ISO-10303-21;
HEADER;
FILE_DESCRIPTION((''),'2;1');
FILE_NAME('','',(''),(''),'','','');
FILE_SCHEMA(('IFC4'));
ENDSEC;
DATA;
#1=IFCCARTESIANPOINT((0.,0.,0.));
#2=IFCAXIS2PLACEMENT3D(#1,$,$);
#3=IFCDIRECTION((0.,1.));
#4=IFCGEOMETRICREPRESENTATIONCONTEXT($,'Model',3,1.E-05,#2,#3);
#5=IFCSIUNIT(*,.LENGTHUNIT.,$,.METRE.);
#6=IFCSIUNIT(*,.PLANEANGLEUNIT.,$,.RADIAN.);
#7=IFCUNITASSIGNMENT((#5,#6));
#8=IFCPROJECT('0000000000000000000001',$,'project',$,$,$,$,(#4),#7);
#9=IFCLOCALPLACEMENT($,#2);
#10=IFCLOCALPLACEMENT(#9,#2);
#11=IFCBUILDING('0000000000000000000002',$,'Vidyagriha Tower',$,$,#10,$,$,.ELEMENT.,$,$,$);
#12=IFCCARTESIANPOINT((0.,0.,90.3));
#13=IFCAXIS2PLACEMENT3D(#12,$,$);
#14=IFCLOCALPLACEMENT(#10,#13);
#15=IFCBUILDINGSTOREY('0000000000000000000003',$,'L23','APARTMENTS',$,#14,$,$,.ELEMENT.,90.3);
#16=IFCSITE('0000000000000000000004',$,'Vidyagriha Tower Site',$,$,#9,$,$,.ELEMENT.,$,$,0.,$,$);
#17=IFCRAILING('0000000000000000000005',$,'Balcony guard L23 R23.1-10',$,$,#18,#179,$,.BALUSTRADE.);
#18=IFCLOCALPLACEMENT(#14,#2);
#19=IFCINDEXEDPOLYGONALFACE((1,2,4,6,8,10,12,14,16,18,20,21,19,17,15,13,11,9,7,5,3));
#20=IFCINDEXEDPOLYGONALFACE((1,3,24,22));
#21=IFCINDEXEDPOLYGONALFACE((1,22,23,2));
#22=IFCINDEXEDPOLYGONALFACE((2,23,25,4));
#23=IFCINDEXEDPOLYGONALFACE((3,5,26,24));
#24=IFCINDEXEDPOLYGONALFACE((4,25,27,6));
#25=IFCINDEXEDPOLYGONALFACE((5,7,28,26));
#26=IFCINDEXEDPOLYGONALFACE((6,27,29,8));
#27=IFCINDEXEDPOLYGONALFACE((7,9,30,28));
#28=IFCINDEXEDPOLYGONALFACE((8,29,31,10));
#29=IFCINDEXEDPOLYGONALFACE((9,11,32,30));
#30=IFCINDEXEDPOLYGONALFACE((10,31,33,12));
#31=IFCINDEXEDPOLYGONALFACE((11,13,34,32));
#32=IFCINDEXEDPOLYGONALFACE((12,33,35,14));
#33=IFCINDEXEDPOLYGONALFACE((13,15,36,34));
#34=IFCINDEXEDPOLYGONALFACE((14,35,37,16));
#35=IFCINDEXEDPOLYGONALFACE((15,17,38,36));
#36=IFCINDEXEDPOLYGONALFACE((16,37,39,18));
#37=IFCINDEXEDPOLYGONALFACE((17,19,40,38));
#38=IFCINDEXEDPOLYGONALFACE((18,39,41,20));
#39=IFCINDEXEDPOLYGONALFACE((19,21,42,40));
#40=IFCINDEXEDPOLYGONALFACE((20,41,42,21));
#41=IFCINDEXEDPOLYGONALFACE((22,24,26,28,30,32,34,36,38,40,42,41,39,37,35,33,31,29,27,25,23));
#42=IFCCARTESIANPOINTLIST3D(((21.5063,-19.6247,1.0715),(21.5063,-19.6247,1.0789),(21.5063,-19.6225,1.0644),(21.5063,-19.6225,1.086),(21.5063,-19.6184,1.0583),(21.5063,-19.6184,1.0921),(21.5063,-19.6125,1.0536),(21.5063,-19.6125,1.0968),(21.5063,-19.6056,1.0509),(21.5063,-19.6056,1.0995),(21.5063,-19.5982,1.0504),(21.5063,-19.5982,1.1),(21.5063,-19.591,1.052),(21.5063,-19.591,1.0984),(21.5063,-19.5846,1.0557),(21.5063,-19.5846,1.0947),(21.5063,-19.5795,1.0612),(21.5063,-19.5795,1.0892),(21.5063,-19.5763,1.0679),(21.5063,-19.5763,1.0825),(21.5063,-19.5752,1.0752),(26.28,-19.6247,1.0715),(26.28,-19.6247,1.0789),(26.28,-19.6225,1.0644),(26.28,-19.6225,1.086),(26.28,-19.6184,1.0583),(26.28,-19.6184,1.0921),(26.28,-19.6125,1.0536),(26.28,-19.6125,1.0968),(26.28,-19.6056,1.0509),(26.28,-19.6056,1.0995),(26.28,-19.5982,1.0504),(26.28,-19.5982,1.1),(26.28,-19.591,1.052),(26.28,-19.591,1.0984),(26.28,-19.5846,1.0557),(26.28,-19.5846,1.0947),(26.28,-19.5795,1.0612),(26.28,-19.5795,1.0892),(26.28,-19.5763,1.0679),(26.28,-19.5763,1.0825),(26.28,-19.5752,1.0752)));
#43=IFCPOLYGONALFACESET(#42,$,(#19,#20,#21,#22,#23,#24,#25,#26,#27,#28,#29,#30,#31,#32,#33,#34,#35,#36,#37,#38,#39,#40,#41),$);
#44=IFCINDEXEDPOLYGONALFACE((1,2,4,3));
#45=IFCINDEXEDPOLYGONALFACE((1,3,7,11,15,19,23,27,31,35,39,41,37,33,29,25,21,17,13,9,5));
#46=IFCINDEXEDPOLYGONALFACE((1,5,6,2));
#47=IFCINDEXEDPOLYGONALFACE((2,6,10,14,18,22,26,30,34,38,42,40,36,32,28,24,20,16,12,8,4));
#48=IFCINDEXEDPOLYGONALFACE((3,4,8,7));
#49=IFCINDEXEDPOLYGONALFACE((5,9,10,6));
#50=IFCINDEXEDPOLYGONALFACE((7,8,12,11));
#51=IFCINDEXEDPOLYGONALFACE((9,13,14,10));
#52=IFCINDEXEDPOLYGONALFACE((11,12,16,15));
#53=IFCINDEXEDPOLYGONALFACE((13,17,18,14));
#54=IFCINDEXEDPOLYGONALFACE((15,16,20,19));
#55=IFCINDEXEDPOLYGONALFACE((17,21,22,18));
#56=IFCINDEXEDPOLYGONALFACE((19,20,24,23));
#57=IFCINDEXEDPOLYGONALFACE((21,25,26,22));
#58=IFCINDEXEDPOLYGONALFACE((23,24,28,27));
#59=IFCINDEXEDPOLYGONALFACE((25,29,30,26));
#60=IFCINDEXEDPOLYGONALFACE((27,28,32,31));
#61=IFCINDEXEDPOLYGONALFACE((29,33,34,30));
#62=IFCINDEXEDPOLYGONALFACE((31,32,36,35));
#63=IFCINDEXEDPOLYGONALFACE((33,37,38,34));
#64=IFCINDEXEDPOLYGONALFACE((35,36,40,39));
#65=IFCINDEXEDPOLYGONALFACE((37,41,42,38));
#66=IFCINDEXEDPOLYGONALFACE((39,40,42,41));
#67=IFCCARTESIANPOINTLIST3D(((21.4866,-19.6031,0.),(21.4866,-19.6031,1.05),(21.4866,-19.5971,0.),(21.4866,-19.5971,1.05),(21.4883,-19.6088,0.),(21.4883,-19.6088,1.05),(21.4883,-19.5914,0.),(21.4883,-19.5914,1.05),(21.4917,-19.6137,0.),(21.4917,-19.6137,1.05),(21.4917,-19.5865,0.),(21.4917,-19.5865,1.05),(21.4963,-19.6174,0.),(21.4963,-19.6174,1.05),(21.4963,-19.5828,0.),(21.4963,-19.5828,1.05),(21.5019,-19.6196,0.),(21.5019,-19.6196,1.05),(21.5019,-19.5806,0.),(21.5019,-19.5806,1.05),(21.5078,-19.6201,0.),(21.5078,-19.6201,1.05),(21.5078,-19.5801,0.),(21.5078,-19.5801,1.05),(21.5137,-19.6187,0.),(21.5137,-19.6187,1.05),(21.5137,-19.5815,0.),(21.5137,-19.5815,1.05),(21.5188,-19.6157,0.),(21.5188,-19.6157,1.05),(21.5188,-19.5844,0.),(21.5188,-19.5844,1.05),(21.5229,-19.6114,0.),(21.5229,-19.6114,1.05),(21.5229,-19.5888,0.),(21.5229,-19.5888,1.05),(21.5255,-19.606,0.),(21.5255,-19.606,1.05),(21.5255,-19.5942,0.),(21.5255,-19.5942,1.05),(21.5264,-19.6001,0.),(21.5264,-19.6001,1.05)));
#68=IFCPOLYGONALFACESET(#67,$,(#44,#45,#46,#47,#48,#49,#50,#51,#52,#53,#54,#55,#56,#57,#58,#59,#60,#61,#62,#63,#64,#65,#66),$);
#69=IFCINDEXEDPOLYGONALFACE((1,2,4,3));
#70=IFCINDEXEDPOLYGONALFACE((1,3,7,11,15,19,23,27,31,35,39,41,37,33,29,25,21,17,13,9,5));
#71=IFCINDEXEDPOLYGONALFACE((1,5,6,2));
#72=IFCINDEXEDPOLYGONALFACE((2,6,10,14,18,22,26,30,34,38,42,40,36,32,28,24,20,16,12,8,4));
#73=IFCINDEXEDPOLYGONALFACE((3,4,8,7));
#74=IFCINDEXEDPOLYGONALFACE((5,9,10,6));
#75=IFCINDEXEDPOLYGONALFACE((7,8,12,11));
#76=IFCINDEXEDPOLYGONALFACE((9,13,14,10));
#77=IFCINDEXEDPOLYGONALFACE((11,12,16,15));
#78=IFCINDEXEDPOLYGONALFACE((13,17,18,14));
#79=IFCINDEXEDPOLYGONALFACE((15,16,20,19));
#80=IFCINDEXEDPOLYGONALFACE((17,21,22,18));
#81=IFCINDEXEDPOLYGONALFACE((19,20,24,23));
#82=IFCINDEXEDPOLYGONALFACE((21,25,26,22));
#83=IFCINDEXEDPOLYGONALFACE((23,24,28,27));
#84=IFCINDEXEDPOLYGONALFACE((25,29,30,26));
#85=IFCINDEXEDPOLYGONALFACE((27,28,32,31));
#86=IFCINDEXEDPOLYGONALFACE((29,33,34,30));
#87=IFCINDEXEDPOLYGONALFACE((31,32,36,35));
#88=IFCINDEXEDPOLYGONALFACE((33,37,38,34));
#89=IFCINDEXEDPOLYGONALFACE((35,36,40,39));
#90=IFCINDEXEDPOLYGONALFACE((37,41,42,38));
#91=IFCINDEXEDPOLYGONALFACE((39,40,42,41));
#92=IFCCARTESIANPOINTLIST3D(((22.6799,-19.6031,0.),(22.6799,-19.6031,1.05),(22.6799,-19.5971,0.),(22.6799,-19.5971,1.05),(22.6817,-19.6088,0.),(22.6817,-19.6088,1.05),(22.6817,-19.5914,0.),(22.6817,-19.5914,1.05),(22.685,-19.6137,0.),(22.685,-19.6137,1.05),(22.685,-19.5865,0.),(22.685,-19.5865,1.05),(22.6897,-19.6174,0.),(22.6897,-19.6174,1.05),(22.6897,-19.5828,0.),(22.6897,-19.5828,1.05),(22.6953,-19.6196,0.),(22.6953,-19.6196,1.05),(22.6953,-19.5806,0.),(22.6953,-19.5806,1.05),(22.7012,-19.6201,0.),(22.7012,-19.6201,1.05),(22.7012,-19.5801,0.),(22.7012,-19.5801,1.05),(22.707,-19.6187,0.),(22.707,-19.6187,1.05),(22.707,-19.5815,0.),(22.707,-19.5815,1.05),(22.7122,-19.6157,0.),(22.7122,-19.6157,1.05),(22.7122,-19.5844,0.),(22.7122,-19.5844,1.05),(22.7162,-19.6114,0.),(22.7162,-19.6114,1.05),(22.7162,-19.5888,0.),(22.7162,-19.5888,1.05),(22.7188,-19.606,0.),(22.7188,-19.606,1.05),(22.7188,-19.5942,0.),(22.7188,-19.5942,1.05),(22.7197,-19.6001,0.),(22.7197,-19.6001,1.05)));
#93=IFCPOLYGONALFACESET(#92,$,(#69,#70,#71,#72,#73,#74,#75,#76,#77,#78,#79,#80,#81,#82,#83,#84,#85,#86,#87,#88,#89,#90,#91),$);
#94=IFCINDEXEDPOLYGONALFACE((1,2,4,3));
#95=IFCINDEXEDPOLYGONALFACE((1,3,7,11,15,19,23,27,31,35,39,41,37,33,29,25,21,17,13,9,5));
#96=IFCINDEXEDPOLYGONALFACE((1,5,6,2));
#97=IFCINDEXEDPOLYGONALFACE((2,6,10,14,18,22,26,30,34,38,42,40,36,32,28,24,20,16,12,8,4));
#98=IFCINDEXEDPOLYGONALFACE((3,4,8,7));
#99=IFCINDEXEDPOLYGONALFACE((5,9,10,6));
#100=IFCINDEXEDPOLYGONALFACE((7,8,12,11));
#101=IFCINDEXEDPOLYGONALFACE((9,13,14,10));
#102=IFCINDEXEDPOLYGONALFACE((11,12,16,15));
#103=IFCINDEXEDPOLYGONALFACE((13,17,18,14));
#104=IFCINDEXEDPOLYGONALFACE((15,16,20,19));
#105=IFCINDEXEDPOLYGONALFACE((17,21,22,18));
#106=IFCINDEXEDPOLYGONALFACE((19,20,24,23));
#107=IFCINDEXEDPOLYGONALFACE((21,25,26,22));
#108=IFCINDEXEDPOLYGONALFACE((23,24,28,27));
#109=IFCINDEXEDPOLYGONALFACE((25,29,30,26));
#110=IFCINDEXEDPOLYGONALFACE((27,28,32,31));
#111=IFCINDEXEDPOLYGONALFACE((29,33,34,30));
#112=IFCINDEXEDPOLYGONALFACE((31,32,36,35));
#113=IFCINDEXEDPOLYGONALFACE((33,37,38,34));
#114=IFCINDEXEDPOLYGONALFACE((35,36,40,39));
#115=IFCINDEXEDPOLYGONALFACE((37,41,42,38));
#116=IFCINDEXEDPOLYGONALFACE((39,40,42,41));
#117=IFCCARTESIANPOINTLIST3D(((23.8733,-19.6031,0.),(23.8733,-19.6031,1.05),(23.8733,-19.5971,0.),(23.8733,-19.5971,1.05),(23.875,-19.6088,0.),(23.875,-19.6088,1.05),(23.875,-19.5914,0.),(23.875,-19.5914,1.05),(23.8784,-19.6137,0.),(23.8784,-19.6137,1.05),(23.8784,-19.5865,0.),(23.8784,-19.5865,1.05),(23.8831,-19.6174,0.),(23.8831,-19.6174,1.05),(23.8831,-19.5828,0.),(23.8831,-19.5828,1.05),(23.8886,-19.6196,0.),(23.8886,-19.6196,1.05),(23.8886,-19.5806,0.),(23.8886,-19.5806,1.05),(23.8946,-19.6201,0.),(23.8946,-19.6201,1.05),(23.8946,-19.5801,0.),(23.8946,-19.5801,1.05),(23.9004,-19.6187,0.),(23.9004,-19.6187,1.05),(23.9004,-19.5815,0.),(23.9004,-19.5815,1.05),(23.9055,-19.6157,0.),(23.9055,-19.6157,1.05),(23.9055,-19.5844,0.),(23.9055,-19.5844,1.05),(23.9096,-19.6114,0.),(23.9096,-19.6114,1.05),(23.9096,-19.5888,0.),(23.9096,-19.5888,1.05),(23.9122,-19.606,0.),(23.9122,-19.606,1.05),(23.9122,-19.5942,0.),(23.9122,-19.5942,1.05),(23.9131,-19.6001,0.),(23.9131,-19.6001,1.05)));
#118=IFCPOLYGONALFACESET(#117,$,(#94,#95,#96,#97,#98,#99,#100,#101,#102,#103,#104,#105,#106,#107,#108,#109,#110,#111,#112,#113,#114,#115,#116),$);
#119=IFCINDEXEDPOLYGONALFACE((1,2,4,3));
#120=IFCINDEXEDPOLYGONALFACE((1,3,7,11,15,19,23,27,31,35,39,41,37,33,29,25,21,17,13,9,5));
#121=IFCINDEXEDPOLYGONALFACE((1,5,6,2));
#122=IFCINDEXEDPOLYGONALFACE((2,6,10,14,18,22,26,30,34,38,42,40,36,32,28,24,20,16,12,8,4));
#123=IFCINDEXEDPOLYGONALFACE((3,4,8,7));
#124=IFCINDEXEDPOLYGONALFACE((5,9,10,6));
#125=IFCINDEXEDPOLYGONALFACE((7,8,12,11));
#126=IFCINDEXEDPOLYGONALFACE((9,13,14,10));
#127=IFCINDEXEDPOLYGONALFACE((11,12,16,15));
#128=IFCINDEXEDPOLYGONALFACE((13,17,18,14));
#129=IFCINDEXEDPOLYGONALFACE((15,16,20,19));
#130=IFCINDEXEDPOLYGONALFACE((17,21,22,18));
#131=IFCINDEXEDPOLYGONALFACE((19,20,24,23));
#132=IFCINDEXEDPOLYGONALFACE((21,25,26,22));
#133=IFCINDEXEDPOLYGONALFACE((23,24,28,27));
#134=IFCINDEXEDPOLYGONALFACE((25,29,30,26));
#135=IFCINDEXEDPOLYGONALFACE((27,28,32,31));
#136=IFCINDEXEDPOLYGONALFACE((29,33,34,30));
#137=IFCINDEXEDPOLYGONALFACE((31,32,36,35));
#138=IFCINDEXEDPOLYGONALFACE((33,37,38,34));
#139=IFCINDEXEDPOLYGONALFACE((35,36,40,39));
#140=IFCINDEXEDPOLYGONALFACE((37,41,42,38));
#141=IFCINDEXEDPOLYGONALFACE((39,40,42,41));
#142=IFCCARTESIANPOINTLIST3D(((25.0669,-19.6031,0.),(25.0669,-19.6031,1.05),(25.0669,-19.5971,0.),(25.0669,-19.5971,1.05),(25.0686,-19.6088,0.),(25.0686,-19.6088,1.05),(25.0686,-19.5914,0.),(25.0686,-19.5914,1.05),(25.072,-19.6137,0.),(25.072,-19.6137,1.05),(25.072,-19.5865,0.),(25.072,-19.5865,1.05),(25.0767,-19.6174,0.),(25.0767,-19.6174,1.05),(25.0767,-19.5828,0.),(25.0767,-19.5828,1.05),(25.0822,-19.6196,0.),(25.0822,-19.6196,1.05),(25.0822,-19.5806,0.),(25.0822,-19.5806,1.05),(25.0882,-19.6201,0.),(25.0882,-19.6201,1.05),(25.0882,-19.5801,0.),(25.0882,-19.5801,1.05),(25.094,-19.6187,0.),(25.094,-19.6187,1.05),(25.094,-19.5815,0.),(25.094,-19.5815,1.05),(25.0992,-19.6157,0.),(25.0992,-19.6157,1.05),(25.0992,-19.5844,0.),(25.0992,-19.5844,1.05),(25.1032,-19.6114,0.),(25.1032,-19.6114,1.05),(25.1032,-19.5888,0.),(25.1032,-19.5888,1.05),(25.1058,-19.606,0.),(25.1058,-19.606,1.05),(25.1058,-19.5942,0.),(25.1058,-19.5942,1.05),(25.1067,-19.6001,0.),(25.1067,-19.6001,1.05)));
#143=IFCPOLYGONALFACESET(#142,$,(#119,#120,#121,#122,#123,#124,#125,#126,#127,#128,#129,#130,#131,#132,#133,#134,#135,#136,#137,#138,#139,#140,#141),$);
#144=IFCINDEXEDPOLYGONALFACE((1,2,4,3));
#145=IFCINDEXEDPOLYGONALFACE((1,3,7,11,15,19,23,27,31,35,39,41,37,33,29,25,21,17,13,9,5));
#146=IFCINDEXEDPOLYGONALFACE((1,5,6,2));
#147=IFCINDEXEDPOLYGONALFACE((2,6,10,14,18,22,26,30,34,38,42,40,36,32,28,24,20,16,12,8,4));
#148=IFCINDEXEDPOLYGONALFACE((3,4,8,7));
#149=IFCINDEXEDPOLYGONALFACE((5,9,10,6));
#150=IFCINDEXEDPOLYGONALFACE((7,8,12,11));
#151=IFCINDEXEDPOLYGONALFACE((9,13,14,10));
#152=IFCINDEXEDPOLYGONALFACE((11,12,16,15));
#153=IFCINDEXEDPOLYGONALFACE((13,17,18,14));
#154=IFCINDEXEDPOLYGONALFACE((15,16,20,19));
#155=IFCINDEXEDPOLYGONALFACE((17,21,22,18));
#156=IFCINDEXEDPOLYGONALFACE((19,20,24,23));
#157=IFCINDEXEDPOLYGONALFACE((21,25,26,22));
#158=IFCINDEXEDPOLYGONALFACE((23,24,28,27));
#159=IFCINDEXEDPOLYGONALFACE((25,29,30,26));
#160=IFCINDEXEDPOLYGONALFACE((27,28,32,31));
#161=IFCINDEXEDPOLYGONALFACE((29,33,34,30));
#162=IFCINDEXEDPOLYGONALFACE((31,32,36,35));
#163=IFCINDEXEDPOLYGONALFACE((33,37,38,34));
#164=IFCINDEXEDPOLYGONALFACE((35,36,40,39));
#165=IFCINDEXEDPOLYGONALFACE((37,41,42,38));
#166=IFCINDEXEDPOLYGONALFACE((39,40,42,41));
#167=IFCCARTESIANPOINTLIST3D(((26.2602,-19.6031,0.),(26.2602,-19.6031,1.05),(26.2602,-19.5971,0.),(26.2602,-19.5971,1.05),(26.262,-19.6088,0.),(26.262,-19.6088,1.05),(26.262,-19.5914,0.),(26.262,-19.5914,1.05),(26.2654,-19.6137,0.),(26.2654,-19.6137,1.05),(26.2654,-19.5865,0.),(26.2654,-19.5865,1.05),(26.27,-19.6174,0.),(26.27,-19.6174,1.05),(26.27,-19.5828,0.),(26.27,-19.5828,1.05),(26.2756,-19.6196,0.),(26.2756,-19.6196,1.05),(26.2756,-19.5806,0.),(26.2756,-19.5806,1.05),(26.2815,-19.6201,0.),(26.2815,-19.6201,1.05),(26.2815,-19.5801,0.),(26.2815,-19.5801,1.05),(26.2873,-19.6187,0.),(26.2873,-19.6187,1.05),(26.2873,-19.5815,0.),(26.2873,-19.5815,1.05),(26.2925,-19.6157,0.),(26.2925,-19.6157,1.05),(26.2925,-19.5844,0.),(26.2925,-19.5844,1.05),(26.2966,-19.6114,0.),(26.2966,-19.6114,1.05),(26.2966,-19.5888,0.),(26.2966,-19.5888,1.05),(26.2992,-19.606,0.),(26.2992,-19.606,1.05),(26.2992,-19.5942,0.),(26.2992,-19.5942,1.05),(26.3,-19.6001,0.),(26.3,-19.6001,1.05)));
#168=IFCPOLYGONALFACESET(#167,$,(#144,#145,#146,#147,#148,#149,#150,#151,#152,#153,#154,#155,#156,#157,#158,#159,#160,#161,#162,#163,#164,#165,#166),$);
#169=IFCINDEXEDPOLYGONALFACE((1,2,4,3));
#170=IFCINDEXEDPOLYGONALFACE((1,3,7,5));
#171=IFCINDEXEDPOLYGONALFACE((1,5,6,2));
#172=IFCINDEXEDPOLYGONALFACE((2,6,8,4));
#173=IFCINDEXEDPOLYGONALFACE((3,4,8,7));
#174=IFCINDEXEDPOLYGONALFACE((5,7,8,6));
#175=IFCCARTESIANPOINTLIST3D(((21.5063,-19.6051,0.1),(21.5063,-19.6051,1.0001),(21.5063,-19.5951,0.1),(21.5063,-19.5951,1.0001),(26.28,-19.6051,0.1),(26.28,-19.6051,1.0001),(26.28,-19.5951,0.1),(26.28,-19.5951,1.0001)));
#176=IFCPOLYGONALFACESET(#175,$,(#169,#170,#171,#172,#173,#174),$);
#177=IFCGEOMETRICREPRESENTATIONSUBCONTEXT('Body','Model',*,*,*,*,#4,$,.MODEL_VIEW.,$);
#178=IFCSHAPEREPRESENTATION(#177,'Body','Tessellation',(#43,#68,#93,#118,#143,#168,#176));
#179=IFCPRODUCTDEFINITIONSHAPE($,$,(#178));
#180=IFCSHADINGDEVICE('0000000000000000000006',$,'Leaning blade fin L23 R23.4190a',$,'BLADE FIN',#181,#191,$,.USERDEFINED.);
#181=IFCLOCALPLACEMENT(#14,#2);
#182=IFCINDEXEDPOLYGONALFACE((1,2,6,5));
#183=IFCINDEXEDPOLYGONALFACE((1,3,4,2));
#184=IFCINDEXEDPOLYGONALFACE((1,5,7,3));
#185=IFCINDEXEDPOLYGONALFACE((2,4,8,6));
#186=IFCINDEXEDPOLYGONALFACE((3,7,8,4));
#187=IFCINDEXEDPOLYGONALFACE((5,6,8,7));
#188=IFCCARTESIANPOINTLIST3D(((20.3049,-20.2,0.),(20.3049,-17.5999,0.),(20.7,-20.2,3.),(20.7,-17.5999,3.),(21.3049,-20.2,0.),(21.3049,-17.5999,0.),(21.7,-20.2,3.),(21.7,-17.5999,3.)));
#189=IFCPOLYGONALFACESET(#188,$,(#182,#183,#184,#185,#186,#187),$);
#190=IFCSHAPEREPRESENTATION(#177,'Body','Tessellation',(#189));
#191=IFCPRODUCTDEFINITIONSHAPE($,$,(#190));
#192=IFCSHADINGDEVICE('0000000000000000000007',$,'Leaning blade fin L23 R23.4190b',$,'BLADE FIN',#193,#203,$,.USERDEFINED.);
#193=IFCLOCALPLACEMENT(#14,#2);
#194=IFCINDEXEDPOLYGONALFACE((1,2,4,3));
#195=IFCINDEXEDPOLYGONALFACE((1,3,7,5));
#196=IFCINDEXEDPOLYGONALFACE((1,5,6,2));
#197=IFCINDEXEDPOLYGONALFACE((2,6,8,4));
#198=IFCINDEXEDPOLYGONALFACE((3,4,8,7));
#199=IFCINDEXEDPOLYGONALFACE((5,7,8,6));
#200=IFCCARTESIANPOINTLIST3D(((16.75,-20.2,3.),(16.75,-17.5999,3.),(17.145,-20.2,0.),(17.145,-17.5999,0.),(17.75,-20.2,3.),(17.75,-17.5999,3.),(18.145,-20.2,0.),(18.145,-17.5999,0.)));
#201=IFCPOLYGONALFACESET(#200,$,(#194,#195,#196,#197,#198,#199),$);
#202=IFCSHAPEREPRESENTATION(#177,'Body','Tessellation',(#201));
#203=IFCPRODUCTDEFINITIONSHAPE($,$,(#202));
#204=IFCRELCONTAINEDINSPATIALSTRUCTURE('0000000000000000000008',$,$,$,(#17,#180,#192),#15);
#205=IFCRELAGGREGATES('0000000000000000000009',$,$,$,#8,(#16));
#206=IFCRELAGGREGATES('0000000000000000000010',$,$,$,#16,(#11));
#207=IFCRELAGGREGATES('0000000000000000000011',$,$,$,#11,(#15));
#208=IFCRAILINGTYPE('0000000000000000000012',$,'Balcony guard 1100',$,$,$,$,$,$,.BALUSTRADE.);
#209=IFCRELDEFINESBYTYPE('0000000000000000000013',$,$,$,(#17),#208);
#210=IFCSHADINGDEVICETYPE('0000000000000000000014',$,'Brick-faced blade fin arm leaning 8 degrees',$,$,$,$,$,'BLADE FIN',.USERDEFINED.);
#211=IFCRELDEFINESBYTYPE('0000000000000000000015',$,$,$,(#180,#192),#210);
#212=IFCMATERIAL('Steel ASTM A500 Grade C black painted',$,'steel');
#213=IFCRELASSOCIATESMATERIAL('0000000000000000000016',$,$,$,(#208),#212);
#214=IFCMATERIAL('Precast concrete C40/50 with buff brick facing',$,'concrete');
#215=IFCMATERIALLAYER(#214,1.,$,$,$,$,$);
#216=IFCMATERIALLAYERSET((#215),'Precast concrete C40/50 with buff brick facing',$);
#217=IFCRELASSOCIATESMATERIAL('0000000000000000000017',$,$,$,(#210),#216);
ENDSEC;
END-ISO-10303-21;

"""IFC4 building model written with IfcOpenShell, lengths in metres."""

from ifc_helpers import new_model, si_unit, direction, frame, origin, origin_2d, place, context, subcontext, project, spatial, polyline, rectangle, circle, outline, extrude, material, layer, layer_set, type_object, element, save


model = new_model("IFC4")

# Units and contexts
model_context = context("Model", 3, precision=1e-05, world=origin(), true_north=direction((0.0, 1.0)))
body_context = subcontext(model_context, "Body", "Model", "MODEL_VIEW")
ifc_project = project(units=[si_unit("LENGTHUNIT", "METRE"), si_unit("PLANEANGLEUNIT", "RADIAN")], contexts=[model_context])

# Site, building, storey
site_placement = place(None, origin())
site = spatial("IfcSite", under=ifc_project, at=site_placement, Name="Vidyagriha Tower Site", CompositionType="ELEMENT", RefElevation=0.0)
building_placement = place(site_placement, origin())
building = spatial("IfcBuilding", under=site, at=building_placement, Name="Vidyagriha Tower", CompositionType="ELEMENT")
storey_placement = place(building_placement, frame((0.0, 0.0, 90.3)))
storey = spatial("IfcBuildingStorey", under=building, at=storey_placement, Name="L23", Description="APARTMENTS", CompositionType="ELEMENT", Elevation=90.3)

# Railing
ifc_material_1 = material(Name="Steel ASTM A500 Grade C black painted", Category="steel")
railing_type = type_object("IfcRailingType", Name="Balcony guard 1100", PredefinedType="BALUSTRADE", material=ifc_material_1)
railing_1_placement = place(storey_placement, frame((21.5063, -19.6001, 0.0)))
element("IfcRailing", 1, at=railing_1_placement, inside=storey, type_object=railing_type, Name="Balcony guard L23 R23.1-10", PredefinedType="BALUSTRADE", context=body_context, shape_type="SweptSolid", body=[
    extrude(circle(Radius=0.0249, at=origin_2d()), frame((0.0, 0.0, 1.0752), z_axis=(1.0, 0.0, 0.0), x_axis=(0.0, 1.0, 0.0)), (0.0, 0.0, 1.0), 4.7737),
    extrude(circle(Radius=0.02, at=origin_2d()), origin(), (0.0, 0.0, 1.0), 1.05),
    extrude(circle(Radius=0.02, at=origin_2d()), frame((1.1934, 0.0, 0.0)), (0.0, 0.0, 1.0), 1.05),
    extrude(circle(Radius=0.02, at=origin_2d()), frame((2.3867, 0.0, 0.0)), (0.0, 0.0, 1.0), 1.05),
    extrude(circle(Radius=0.02, at=origin_2d()), frame((3.5803, 0.0, 0.0)), (0.0, 0.0, 1.0), 1.05),
    extrude(circle(Radius=0.02, at=origin_2d()), frame((4.7737, 0.0, 0.0)), (0.0, 0.0, 1.0), 1.05),
    extrude(rectangle(XDim=0.01, YDim=0.9001, at=origin_2d()), frame((0.0, 0.0, 0.55), z_axis=(1.0, 0.0, 0.0), x_axis=(0.0, 1.0, 0.0)), (0.0, 0.0, 1.0), 4.7737),
])

# Shading devices
ifc_material_2 = material(Name="Precast concrete C40/50 with buff brick facing", Category="concrete")
ifc_layer_1 = layer(ifc_material_2, 1.0)
ifc_layer_set_1 = layer_set([ifc_layer_1], Name="Precast concrete C40/50 with buff brick facing")
shading_device_type = type_object("IfcShadingDeviceType", Name="Brick-faced blade fin arm leaning 8 degrees", ElementType="BLADE FIN", PredefinedType="USERDEFINED", material=ifc_layer_set_1)
shading_device_1_placement = place(storey_placement, frame((20.3049, -18.8999, 0.0)))
element("IfcShadingDevice", 2, at=shading_device_1_placement, inside=storey, type_object=shading_device_type, Name="Leaning blade fin L23 R23.4190a", ObjectType="BLADE FIN", PredefinedType="USERDEFINED", context=body_context, shape_type="SweptSolid", body=[
    extrude(outline(polyline([(0.0, 0.0), (1.0, 0.0), (1.395, 3.0), (0.395, 3.0), (0.0, 0.0)])), frame((0.0, 1.3, 0.0), z_axis=(0.0, -1.0, 0.0), x_axis=(1.0, 0.0, 0.0)), (0.0, 0.0, 1.0), 2.6001),
])
shading_device_2_placement = place(storey_placement, frame((16.75, -18.8999, 0.0)))
element("IfcShadingDevice", 3, at=shading_device_2_placement, inside=storey, type_object=shading_device_type, Name="Leaning blade fin L23 R23.4190b", ObjectType="BLADE FIN", PredefinedType="USERDEFINED", context=body_context, shape_type="SweptSolid", body=[
    extrude(outline(polyline([(0.395, 0.0), (1.395, 0.0), (1.0, 3.0), (0.0, 3.0), (0.395, 0.0)])), frame((0.0, 1.3, 0.0), z_axis=(0.0, -1.0, 0.0), x_axis=(1.0, 0.0, 0.0)), (0.0, 0.0, 1.0), 2.6001),
])

save(model, "model.ifc")
